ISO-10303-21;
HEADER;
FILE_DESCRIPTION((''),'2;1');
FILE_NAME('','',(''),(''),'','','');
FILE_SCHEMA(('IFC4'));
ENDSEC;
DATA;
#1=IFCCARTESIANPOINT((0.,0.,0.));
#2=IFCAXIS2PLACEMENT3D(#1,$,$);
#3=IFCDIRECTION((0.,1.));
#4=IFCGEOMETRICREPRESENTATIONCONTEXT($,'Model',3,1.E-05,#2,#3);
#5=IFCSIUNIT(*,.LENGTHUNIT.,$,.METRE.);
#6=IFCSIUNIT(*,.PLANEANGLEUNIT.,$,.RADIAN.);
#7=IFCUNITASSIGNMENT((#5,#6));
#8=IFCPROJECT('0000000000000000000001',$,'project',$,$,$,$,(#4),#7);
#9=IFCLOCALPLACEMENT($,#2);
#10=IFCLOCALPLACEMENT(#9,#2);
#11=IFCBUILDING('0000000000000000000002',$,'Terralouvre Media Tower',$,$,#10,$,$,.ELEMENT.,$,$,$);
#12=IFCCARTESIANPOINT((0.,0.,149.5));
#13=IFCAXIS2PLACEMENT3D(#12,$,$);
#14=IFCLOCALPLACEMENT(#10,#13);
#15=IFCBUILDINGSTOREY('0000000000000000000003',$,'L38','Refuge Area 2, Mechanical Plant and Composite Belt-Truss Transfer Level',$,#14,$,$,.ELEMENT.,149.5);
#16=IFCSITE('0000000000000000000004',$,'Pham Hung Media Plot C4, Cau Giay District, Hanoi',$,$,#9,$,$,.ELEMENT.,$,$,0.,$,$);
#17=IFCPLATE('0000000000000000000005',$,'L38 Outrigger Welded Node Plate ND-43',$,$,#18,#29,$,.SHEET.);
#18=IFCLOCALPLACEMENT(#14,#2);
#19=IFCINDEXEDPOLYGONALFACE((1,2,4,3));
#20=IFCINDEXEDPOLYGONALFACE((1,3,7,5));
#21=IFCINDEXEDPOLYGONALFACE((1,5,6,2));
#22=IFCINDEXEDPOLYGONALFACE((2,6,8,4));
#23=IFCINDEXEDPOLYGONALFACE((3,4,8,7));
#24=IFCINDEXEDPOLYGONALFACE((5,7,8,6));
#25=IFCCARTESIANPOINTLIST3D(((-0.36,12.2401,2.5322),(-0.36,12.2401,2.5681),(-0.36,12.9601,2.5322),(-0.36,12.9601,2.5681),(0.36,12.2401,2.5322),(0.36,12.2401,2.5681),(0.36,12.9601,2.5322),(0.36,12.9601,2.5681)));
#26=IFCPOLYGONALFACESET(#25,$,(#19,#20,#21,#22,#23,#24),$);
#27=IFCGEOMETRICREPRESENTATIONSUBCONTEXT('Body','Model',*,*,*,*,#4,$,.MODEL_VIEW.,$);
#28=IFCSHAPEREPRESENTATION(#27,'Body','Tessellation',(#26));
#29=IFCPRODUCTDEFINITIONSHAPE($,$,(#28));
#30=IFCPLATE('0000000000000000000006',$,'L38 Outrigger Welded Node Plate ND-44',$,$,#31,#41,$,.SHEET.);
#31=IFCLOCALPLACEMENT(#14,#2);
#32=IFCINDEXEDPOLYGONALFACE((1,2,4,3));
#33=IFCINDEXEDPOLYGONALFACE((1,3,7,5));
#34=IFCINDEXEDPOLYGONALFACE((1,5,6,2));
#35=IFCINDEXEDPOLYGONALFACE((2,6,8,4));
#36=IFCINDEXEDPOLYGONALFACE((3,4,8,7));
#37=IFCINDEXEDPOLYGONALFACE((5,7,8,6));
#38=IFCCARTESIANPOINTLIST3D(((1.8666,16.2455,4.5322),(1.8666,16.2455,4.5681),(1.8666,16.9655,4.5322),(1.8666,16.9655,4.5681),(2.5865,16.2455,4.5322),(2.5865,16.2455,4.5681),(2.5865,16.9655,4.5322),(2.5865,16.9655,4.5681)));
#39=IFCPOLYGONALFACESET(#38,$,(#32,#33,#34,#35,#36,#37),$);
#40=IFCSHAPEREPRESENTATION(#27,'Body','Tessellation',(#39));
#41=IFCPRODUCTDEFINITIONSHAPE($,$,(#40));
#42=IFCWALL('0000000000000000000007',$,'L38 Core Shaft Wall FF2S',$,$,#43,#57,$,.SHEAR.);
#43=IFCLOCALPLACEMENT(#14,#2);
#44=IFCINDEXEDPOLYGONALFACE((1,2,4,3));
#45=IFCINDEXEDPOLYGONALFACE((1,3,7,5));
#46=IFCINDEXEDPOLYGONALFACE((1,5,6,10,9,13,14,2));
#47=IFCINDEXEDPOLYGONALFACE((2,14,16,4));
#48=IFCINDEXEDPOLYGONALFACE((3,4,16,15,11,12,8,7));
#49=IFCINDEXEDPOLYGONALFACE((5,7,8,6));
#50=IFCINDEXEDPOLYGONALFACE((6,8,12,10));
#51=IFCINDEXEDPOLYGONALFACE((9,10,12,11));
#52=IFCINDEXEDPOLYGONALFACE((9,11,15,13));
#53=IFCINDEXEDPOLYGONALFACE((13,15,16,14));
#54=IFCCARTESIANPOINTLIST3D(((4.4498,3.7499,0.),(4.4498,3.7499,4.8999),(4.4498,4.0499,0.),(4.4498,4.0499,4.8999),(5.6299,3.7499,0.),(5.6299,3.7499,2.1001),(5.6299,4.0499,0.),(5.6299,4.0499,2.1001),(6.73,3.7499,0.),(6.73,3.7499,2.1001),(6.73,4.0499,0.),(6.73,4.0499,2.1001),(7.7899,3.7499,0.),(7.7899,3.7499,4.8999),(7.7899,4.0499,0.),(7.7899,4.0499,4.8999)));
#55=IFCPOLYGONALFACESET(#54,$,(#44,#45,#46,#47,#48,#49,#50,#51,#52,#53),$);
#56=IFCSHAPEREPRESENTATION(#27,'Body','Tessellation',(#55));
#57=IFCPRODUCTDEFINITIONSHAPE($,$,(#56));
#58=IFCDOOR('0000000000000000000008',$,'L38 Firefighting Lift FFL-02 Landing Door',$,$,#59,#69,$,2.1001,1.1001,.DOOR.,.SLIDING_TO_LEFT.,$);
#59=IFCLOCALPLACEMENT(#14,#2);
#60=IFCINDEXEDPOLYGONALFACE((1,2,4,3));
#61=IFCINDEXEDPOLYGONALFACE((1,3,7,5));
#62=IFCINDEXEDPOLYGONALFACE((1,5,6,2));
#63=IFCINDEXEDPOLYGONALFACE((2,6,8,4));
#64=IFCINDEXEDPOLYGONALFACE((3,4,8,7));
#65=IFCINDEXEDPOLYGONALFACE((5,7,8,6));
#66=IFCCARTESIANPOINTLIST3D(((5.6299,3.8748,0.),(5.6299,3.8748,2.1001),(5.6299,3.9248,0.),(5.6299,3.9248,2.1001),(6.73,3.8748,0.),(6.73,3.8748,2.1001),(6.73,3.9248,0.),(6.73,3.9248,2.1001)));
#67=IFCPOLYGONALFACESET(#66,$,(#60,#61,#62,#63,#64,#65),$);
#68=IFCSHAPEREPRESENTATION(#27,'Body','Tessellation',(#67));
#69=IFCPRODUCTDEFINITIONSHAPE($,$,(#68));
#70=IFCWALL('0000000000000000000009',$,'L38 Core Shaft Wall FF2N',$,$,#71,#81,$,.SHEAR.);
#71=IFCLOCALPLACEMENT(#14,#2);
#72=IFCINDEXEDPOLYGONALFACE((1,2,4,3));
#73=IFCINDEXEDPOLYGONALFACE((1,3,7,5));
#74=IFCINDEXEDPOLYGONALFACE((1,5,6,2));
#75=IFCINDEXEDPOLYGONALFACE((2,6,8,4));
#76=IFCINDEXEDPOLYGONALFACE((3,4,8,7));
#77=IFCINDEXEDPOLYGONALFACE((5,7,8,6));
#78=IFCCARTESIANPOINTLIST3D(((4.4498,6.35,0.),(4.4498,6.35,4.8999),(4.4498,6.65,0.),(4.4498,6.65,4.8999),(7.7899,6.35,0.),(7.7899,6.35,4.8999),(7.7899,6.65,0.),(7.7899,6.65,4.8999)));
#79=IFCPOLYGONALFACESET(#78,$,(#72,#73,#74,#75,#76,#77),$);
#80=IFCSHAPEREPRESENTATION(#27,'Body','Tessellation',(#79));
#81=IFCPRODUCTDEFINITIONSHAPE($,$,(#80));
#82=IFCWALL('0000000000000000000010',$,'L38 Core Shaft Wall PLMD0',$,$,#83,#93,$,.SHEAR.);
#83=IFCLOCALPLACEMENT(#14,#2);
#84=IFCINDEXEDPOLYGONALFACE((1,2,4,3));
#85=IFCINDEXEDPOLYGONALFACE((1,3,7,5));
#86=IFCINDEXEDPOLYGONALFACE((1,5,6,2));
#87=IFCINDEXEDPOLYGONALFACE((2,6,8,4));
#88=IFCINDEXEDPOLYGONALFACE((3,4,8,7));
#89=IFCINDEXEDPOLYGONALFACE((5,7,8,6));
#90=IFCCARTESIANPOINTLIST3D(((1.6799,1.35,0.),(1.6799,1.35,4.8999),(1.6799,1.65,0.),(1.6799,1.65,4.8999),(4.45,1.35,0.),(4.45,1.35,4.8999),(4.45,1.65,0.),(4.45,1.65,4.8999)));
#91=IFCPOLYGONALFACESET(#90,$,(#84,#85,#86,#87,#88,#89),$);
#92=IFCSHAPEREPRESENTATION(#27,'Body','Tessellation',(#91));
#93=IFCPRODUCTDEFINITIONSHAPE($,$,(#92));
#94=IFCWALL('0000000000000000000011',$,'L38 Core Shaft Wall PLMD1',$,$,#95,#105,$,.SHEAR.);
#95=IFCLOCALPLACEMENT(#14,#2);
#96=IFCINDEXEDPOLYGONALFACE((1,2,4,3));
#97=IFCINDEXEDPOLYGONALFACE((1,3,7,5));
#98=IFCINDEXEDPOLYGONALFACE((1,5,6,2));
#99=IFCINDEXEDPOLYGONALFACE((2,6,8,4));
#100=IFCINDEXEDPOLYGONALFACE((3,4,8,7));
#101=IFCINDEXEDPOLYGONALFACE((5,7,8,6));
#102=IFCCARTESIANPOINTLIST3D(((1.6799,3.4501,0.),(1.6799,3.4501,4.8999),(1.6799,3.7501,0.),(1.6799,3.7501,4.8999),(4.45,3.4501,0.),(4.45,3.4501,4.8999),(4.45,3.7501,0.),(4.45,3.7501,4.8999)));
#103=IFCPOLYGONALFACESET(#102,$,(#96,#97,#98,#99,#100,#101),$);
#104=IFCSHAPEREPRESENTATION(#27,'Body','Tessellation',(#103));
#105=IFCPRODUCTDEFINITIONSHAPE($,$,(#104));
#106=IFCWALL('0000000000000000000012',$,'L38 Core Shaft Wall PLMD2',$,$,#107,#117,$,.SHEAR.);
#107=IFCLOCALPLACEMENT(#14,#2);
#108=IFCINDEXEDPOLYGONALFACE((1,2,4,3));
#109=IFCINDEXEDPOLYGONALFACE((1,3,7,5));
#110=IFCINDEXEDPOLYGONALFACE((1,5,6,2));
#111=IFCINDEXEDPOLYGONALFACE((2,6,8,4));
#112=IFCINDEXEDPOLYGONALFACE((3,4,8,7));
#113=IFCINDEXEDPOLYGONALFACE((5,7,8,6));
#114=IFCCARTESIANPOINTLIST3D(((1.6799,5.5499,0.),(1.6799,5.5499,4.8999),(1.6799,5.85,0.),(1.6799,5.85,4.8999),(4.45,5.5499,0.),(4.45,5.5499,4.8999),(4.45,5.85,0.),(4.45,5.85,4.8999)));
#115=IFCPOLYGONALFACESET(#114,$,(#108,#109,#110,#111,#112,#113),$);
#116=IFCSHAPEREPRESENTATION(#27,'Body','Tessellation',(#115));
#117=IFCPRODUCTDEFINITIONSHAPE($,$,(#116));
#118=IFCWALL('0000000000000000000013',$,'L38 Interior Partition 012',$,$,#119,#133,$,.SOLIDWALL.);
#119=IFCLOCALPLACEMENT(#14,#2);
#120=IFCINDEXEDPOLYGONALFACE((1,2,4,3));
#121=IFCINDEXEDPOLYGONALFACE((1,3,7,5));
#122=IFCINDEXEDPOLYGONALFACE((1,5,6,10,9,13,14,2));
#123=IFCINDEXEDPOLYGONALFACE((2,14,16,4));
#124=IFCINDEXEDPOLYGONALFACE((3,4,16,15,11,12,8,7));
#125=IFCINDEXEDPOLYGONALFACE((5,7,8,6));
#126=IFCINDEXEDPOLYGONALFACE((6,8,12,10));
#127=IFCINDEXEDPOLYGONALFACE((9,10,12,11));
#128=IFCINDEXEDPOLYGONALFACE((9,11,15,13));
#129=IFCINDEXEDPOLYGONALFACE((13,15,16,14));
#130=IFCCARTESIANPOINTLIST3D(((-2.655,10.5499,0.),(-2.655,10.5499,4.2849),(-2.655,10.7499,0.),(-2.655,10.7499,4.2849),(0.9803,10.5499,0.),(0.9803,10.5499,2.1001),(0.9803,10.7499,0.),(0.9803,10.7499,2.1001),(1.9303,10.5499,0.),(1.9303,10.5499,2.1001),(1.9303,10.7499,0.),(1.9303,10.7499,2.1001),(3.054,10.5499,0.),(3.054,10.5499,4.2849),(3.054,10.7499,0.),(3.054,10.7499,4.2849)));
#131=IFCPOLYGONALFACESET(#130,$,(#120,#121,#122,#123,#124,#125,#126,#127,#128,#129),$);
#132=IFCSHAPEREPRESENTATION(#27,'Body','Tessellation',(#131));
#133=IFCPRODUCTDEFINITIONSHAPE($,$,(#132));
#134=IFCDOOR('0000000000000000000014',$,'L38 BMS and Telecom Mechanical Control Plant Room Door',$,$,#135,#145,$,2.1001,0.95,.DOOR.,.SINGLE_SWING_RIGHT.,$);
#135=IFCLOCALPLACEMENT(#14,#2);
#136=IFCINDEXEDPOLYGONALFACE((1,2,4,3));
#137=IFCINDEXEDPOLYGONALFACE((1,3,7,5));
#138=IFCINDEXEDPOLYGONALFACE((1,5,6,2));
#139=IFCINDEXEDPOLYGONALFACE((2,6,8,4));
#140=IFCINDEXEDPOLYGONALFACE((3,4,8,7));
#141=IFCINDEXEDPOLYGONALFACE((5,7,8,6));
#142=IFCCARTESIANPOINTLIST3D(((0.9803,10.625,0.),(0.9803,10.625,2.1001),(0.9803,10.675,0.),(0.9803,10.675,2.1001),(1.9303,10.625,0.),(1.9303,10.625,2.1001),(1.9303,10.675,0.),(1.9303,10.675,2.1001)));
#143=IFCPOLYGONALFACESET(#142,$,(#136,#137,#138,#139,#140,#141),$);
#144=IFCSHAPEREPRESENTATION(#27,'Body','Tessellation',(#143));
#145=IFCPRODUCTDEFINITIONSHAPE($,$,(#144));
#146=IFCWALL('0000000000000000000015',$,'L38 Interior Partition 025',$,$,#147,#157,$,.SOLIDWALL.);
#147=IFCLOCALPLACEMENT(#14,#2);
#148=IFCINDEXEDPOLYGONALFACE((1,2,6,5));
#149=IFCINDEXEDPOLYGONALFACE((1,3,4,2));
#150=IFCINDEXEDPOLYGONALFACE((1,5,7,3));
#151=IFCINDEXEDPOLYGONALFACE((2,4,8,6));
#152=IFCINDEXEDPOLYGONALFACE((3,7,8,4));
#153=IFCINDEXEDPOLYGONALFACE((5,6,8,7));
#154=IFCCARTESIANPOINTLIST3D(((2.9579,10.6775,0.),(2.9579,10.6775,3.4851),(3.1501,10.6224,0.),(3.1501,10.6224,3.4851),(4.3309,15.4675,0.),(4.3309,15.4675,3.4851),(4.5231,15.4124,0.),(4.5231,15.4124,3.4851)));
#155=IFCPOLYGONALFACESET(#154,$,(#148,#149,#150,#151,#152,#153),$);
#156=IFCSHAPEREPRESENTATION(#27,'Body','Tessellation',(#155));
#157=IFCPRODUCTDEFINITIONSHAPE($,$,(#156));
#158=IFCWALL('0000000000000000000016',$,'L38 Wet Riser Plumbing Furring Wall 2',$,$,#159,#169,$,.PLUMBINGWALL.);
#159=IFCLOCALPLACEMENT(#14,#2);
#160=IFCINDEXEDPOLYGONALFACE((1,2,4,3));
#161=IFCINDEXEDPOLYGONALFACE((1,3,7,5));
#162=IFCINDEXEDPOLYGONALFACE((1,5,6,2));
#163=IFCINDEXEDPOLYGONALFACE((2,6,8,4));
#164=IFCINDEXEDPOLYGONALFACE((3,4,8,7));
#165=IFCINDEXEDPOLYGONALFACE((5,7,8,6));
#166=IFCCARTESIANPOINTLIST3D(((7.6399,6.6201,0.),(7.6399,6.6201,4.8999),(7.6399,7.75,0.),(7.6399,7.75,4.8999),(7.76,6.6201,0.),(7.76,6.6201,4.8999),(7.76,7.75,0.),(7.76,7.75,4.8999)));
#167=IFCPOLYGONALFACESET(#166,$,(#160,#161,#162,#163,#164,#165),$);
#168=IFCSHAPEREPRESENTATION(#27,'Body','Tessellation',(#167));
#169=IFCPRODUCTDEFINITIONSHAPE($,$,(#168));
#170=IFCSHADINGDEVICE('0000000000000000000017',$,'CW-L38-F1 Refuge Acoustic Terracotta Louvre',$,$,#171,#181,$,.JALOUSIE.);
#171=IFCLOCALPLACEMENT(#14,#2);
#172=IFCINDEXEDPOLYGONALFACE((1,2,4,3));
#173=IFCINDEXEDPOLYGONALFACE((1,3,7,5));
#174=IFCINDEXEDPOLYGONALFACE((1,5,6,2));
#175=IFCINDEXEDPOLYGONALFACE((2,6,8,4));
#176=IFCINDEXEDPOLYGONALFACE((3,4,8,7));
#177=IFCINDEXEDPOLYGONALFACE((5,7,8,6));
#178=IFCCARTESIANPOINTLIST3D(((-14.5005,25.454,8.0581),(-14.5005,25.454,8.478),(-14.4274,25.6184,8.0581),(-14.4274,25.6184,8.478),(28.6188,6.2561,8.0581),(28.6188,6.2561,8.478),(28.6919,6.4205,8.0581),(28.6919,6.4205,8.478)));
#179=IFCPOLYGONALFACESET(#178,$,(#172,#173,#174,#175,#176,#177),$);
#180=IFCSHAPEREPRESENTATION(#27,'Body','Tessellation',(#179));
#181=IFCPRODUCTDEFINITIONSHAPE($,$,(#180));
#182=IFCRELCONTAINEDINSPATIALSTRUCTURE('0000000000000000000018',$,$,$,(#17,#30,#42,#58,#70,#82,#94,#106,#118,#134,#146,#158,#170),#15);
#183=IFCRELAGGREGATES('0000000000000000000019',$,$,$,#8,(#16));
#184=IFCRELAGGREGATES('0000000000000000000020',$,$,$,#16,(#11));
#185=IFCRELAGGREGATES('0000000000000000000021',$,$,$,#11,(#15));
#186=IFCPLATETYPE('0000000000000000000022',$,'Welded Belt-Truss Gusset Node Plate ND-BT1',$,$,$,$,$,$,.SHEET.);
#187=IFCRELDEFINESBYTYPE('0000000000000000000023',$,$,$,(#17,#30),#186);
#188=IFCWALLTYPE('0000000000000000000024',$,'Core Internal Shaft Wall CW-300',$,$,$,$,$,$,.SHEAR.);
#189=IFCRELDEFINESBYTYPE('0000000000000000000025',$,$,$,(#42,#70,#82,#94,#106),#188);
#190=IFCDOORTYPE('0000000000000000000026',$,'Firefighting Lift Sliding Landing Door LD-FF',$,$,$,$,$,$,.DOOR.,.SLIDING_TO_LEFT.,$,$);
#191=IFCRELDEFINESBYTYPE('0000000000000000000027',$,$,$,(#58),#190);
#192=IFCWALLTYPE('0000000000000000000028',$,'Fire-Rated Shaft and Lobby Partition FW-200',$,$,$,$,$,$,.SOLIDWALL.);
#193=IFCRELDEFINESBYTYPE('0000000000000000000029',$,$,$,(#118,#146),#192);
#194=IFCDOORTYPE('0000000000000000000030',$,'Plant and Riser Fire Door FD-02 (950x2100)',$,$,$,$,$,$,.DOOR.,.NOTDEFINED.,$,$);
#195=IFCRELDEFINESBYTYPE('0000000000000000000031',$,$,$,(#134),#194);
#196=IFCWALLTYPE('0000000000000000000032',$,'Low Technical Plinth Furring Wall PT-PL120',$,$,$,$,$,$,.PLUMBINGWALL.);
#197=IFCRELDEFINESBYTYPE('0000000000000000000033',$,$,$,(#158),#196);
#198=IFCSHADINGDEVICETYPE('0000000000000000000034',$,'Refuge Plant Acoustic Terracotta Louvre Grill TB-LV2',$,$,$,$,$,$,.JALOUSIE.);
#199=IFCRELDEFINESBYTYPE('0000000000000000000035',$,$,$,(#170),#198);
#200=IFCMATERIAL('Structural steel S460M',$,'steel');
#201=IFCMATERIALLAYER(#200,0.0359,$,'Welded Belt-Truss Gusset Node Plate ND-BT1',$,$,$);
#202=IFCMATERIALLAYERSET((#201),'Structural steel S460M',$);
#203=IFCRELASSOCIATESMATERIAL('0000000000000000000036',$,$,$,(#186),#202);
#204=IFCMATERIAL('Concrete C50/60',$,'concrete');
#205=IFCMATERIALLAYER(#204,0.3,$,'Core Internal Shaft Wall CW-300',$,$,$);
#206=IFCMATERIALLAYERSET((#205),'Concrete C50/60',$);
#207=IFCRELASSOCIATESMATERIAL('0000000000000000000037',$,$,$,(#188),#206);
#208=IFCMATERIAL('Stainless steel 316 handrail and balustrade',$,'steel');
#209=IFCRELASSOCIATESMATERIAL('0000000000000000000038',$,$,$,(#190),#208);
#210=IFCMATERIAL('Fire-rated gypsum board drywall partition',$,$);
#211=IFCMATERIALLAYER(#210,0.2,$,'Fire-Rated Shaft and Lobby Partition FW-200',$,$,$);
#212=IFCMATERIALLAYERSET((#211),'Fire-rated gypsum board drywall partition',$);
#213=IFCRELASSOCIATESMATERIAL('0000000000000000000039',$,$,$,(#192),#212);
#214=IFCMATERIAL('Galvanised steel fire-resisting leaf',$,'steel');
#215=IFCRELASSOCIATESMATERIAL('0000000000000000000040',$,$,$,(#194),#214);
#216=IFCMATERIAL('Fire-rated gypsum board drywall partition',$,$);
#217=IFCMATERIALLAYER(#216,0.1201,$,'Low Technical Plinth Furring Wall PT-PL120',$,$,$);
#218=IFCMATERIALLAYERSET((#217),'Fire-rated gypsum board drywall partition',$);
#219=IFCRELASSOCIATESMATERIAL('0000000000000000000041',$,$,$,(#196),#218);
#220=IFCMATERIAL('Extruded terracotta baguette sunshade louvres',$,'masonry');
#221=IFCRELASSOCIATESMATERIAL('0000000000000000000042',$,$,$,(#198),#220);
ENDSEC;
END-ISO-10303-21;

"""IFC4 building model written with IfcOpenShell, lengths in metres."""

from ifc_helpers import new_model, si_unit, direction, frame, frame_2d, origin, origin_2d, place, context, subcontext, project, spatial, rectangle, extrude, material, layer, layer_set, type_object, element, fill, save


model = new_model("IFC4")

# Units and contexts
model_context = context("Model", 3, precision=1e-05, world=origin(), true_north=direction((0.0, 1.0)))
body_context = subcontext(model_context, "Body", "Model", "MODEL_VIEW")
ifc_project = project(units=[si_unit("LENGTHUNIT", "METRE"), si_unit("PLANEANGLEUNIT", "RADIAN")], contexts=[model_context])

# Site, building, storey
site_placement = place(None, origin())
site = spatial("IfcSite", under=ifc_project, at=site_placement, Name="Pham Hung Media Plot C4, Cau Giay District, Hanoi", CompositionType="ELEMENT", RefElevation=0.0)
building_placement = place(site_placement, origin())
building = spatial("IfcBuilding", under=site, at=building_placement, Name="Terralouvre Media Tower", CompositionType="ELEMENT")
storey_placement = place(building_placement, frame((0.0, 0.0, 149.5)))
storey = spatial("IfcBuildingStorey", under=building, at=storey_placement, Name="L38", Description="Refuge Area 2, Mechanical Plant and Composite Belt-Truss Transfer Level", CompositionType="ELEMENT", Elevation=149.5)

# Plates
ifc_material_1 = material(Name="Structural steel S460M", Category="steel")
ifc_layer_1 = layer(ifc_material_1, 0.0359, Name="Welded Belt-Truss Gusset Node Plate ND-BT1")
ifc_layer_set_1 = layer_set([ifc_layer_1], Name="Structural steel S460M")
plate_type_1 = type_object("IfcPlateType", Name="Welded Belt-Truss Gusset Node Plate ND-BT1", PredefinedType="SHEET", material=ifc_layer_set_1)
for number, where, z_axis, x_axis, name in (
    (1, (0.0, 12.6001, 2.5322), (0.0, 0.0, 1.0), (1.0, 0.0, 0.0), "L38 Outrigger Welded Node Plate ND-43"),
    (2, (2.2266, 16.6055, 4.5322), (0.0, 0.0, 1.0), (1.0, 0.0, 0.0), "L38 Outrigger Welded Node Plate ND-44"),
):
    element("IfcPlate", number, at=place(storey_placement, frame(where, z_axis=z_axis, x_axis=x_axis)), inside=storey, type_object=plate_type_1, Name=name, PredefinedType="SHEET", context=body_context, shape_type="SweptSolid", body=[
        extrude(rectangle(XDim=0.72, YDim=0.72, at=origin_2d()), origin(), (0.0, 0.0, 1.0), 0.0359),
    ])

# Wall, opening, door
ifc_material_2 = material(Name="Concrete C50/60", Category="concrete")
ifc_layer_2 = layer(ifc_material_2, 0.3, Name="Core Internal Shaft Wall CW-300")
ifc_layer_set_2 = layer_set([ifc_layer_2], Name="Concrete C50/60")
wall_type_1 = type_object("IfcWallType", Name="Core Internal Shaft Wall CW-300", PredefinedType="SHEAR", material=ifc_layer_set_2)
wall_1_placement = place(storey_placement, frame((4.45, 3.8999, 0.0), z_axis=(0.0, 0.0, 1.0), x_axis=(1.0, 0.0, 0.0)))
wall_1 = element("IfcWall", 3, at=wall_1_placement, inside=storey, type_object=wall_type_1, Name="L38 Core Shaft Wall FF2S", PredefinedType="SHEAR", context=body_context, shape_type="SweptSolid", body=[
    extrude(rectangle(XDim=3.3401, YDim=0.3, at=frame_2d((1.6699, 0.0))), origin(), (0.0, 0.0, 1.0), 4.8999),
])
opening_1_placement = place(wall_1_placement, frame((1.1799, 0.0, 0.0)))
opening_1 = element("IfcOpeningElement", 4, at=opening_1_placement, cuts=wall_1, PredefinedType="OPENING", context=body_context, shape_type="SweptSolid", body=[
    extrude(rectangle(XDim=1.1001, YDim=2.1001, at=frame_2d((0.55, 1.05))), frame((0.0, 0.1599, 0.0), z_axis=(0.0, -1.0, 0.0), x_axis=(1.0, 0.0, 0.0)), (0.0, 0.0, 1.0), 0.3201),
])
ifc_material_3 = material(Name="Stainless steel 316 handrail and balustrade", Category="steel")
door_type_1 = type_object("IfcDoorType", Name="Firefighting Lift Sliding Landing Door LD-FF", OperationType="SLIDING_TO_LEFT", PredefinedType="DOOR", material=ifc_material_3)
door_1_placement = place(opening_1_placement, origin())
door_1 = element("IfcDoor", 5, at=door_1_placement, inside=storey, type_object=door_type_1, Name="L38 Firefighting Lift FFL-02 Landing Door", OperationType="SLIDING_TO_LEFT", OverallHeight=2.1001, OverallWidth=1.1001, PredefinedType="DOOR", context=body_context, shape_type="SweptSolid", body=[
    extrude(rectangle(XDim=1.1001, YDim=2.1001, at=frame_2d((0.55, 1.05))), frame((0.0, 0.0249, 0.0), z_axis=(0.0, -1.0, 0.0), x_axis=(1.0, 0.0, 0.0)), (0.0, 0.0, 1.0), 0.05),
])
fill(opening_1, door_1)

# Walls
wall_2_placement = place(storey_placement, frame((4.45, 6.5, 0.0), z_axis=(0.0, 0.0, 1.0), x_axis=(1.0, 0.0, 0.0)))
element("IfcWall", 6, at=wall_2_placement, inside=storey, type_object=wall_type_1, Name="L38 Core Shaft Wall FF2N", PredefinedType="SHEAR", context=body_context, shape_type="SweptSolid", body=[
    extrude(rectangle(XDim=3.3401, YDim=0.3, at=frame_2d((1.6699, 0.0))), origin(), (0.0, 0.0, 1.0), 4.8999),
])
for number, where, z_axis, x_axis, name in (
    (7, (1.6799, 1.5, 0.0), (0.0, 0.0, 1.0), (1.0, 0.0, 0.0), "L38 Core Shaft Wall PLMD0"),
    (8, (1.6799, 3.6001, 0.0), (0.0, 0.0, 1.0), (1.0, 0.0, 0.0), "L38 Core Shaft Wall PLMD1"),
    (9, (1.6799, 5.7, 0.0), (0.0, 0.0, 1.0), (1.0, 0.0, 0.0), "L38 Core Shaft Wall PLMD2"),
):
    element("IfcWall", number, at=place(storey_placement, frame(where, z_axis=z_axis, x_axis=x_axis)), inside=storey, type_object=wall_type_1, Name=name, PredefinedType="SHEAR", context=body_context, shape_type="SweptSolid", body=[
        extrude(rectangle(XDim=2.77, YDim=0.3, at=frame_2d((1.385, 0.0))), origin(), (0.0, 0.0, 1.0), 4.8999),
    ])

# Wall, opening, door
ifc_material_4 = material(Name="Fire-rated gypsum board drywall partition")
ifc_layer_3 = layer(ifc_material_4, 0.2, Name="Fire-Rated Shaft and Lobby Partition FW-200")
ifc_layer_set_3 = layer_set([ifc_layer_3], Name="Fire-rated gypsum board drywall partition")
wall_type_2 = type_object("IfcWallType", Name="Fire-Rated Shaft and Lobby Partition FW-200", PredefinedType="SOLIDWALL", material=ifc_layer_set_3)
wall_3_placement = place(storey_placement, frame((3.054, 10.6499, 0.0), z_axis=(0.0, 0.0, 1.0), x_axis=(-1.0, 0.0, 0.0)))
wall_3 = element("IfcWall", 10, at=wall_3_placement, inside=storey, type_object=wall_type_2, Name="L38 Interior Partition 012", PredefinedType="SOLIDWALL", context=body_context, shape_type="SweptSolid", body=[
    extrude(rectangle(XDim=5.709, YDim=0.2, at=frame_2d((2.8545, 0.0))), origin(), (0.0, 0.0, 1.0), 4.2849),
])
opening_2_placement = place(wall_3_placement, frame((1.1235, 0.0, 0.0)))
opening_2 = element("IfcOpeningElement", 11, at=opening_2_placement, cuts=wall_3, PredefinedType="OPENING", context=body_context, shape_type="SweptSolid", body=[
    extrude(rectangle(XDim=0.95, YDim=2.1001, at=frame_2d((0.4751, 1.05))), frame((0.0, 0.1099, 0.0), z_axis=(0.0, -1.0, 0.0), x_axis=(1.0, 0.0, 0.0)), (0.0, 0.0, 1.0), 0.22),
])
ifc_material_5 = material(Name="Galvanised steel fire-resisting leaf", Category="steel")
door_type_2 = type_object("IfcDoorType", Name="Plant and Riser Fire Door FD-02 (950x2100)", OperationType="NOTDEFINED", PredefinedType="DOOR", material=ifc_material_5)
door_2_placement = place(opening_2_placement, origin())
door_2 = element("IfcDoor", 12, at=door_2_placement, inside=storey, type_object=door_type_2, Name="L38 BMS and Telecom Mechanical Control Plant Room Door", OperationType="SINGLE_SWING_RIGHT", OverallHeight=2.1001, OverallWidth=0.95, PredefinedType="DOOR", context=body_context, shape_type="SweptSolid", body=[
    extrude(rectangle(XDim=0.95, YDim=2.1001, at=frame_2d((0.4751, 1.05))), frame((0.0, 0.0249, 0.0), z_axis=(0.0, -1.0, 0.0), x_axis=(1.0, 0.0, 0.0)), (0.0, 0.0, 1.0), 0.05),
])
fill(opening_2, door_2)

# Walls
wall_4_placement = place(storey_placement, frame((4.427, 15.4399, 0.0), z_axis=(0.0, 0.0, 1.0), x_axis=(-0.275549, -0.961287, 0.0)))
element("IfcWall", 13, at=wall_4_placement, inside=storey, type_object=wall_type_2, Name="L38 Interior Partition 025", PredefinedType="SOLIDWALL", context=body_context, shape_type="SweptSolid", body=[
    extrude(rectangle(XDim=4.9829, YDim=0.2, at=frame_2d((2.4915, 0.0))), origin(), (0.0, 0.0, 1.0), 3.4851),
])
ifc_material_6 = material(Name="Fire-rated gypsum board drywall partition")
ifc_layer_4 = layer(ifc_material_6, 0.1201, Name="Low Technical Plinth Furring Wall PT-PL120")
ifc_layer_set_4 = layer_set([ifc_layer_4], Name="Fire-rated gypsum board drywall partition")
wall_type_3 = type_object("IfcWallType", Name="Low Technical Plinth Furring Wall PT-PL120", PredefinedType="PLUMBINGWALL", material=ifc_layer_set_4)
wall_5_placement = place(storey_placement, frame((7.7, 6.6201, 0.0), z_axis=(0.0, 0.0, 1.0), x_axis=(0.0, 1.0, 0.0)))
element("IfcWall", 14, at=wall_5_placement, inside=storey, type_object=wall_type_3, Name="L38 Wet Riser Plumbing Furring Wall 2", PredefinedType="PLUMBINGWALL", context=body_context, shape_type="SweptSolid", body=[
    extrude(rectangle(XDim=1.1299, YDim=0.1201, at=frame_2d((0.5649, 0.0))), origin(), (0.0, 0.0, 1.0), 4.8999),
])

# Shading device
ifc_material_7 = material(Name="Extruded terracotta baguette sunshade louvres", Category="masonry")
shading_device_type = type_object("IfcShadingDeviceType", Name="Refuge Plant Acoustic Terracotta Louvre Grill TB-LV2", PredefinedType="JALOUSIE", material=ifc_material_7)
shading_device_placement = place(storey_placement, frame((7.0957, 15.9373, 8.0581), z_axis=(0.0, 0.0, 1.0), x_axis=(-0.913545, 0.406737, 0.0)))
element("IfcShadingDevice", 15, at=shading_device_placement, inside=storey, type_object=shading_device_type, Name="CW-L38-F1 Refuge Acoustic Terracotta Louvre", PredefinedType="JALOUSIE", context=body_context, shape_type="SweptSolid", body=[
    extrude(rectangle(XDim=47.2, YDim=0.1799, at=origin_2d()), origin(), (0.0, 0.0, 1.0), 0.4199),
])

save(model, "model.ifc")
